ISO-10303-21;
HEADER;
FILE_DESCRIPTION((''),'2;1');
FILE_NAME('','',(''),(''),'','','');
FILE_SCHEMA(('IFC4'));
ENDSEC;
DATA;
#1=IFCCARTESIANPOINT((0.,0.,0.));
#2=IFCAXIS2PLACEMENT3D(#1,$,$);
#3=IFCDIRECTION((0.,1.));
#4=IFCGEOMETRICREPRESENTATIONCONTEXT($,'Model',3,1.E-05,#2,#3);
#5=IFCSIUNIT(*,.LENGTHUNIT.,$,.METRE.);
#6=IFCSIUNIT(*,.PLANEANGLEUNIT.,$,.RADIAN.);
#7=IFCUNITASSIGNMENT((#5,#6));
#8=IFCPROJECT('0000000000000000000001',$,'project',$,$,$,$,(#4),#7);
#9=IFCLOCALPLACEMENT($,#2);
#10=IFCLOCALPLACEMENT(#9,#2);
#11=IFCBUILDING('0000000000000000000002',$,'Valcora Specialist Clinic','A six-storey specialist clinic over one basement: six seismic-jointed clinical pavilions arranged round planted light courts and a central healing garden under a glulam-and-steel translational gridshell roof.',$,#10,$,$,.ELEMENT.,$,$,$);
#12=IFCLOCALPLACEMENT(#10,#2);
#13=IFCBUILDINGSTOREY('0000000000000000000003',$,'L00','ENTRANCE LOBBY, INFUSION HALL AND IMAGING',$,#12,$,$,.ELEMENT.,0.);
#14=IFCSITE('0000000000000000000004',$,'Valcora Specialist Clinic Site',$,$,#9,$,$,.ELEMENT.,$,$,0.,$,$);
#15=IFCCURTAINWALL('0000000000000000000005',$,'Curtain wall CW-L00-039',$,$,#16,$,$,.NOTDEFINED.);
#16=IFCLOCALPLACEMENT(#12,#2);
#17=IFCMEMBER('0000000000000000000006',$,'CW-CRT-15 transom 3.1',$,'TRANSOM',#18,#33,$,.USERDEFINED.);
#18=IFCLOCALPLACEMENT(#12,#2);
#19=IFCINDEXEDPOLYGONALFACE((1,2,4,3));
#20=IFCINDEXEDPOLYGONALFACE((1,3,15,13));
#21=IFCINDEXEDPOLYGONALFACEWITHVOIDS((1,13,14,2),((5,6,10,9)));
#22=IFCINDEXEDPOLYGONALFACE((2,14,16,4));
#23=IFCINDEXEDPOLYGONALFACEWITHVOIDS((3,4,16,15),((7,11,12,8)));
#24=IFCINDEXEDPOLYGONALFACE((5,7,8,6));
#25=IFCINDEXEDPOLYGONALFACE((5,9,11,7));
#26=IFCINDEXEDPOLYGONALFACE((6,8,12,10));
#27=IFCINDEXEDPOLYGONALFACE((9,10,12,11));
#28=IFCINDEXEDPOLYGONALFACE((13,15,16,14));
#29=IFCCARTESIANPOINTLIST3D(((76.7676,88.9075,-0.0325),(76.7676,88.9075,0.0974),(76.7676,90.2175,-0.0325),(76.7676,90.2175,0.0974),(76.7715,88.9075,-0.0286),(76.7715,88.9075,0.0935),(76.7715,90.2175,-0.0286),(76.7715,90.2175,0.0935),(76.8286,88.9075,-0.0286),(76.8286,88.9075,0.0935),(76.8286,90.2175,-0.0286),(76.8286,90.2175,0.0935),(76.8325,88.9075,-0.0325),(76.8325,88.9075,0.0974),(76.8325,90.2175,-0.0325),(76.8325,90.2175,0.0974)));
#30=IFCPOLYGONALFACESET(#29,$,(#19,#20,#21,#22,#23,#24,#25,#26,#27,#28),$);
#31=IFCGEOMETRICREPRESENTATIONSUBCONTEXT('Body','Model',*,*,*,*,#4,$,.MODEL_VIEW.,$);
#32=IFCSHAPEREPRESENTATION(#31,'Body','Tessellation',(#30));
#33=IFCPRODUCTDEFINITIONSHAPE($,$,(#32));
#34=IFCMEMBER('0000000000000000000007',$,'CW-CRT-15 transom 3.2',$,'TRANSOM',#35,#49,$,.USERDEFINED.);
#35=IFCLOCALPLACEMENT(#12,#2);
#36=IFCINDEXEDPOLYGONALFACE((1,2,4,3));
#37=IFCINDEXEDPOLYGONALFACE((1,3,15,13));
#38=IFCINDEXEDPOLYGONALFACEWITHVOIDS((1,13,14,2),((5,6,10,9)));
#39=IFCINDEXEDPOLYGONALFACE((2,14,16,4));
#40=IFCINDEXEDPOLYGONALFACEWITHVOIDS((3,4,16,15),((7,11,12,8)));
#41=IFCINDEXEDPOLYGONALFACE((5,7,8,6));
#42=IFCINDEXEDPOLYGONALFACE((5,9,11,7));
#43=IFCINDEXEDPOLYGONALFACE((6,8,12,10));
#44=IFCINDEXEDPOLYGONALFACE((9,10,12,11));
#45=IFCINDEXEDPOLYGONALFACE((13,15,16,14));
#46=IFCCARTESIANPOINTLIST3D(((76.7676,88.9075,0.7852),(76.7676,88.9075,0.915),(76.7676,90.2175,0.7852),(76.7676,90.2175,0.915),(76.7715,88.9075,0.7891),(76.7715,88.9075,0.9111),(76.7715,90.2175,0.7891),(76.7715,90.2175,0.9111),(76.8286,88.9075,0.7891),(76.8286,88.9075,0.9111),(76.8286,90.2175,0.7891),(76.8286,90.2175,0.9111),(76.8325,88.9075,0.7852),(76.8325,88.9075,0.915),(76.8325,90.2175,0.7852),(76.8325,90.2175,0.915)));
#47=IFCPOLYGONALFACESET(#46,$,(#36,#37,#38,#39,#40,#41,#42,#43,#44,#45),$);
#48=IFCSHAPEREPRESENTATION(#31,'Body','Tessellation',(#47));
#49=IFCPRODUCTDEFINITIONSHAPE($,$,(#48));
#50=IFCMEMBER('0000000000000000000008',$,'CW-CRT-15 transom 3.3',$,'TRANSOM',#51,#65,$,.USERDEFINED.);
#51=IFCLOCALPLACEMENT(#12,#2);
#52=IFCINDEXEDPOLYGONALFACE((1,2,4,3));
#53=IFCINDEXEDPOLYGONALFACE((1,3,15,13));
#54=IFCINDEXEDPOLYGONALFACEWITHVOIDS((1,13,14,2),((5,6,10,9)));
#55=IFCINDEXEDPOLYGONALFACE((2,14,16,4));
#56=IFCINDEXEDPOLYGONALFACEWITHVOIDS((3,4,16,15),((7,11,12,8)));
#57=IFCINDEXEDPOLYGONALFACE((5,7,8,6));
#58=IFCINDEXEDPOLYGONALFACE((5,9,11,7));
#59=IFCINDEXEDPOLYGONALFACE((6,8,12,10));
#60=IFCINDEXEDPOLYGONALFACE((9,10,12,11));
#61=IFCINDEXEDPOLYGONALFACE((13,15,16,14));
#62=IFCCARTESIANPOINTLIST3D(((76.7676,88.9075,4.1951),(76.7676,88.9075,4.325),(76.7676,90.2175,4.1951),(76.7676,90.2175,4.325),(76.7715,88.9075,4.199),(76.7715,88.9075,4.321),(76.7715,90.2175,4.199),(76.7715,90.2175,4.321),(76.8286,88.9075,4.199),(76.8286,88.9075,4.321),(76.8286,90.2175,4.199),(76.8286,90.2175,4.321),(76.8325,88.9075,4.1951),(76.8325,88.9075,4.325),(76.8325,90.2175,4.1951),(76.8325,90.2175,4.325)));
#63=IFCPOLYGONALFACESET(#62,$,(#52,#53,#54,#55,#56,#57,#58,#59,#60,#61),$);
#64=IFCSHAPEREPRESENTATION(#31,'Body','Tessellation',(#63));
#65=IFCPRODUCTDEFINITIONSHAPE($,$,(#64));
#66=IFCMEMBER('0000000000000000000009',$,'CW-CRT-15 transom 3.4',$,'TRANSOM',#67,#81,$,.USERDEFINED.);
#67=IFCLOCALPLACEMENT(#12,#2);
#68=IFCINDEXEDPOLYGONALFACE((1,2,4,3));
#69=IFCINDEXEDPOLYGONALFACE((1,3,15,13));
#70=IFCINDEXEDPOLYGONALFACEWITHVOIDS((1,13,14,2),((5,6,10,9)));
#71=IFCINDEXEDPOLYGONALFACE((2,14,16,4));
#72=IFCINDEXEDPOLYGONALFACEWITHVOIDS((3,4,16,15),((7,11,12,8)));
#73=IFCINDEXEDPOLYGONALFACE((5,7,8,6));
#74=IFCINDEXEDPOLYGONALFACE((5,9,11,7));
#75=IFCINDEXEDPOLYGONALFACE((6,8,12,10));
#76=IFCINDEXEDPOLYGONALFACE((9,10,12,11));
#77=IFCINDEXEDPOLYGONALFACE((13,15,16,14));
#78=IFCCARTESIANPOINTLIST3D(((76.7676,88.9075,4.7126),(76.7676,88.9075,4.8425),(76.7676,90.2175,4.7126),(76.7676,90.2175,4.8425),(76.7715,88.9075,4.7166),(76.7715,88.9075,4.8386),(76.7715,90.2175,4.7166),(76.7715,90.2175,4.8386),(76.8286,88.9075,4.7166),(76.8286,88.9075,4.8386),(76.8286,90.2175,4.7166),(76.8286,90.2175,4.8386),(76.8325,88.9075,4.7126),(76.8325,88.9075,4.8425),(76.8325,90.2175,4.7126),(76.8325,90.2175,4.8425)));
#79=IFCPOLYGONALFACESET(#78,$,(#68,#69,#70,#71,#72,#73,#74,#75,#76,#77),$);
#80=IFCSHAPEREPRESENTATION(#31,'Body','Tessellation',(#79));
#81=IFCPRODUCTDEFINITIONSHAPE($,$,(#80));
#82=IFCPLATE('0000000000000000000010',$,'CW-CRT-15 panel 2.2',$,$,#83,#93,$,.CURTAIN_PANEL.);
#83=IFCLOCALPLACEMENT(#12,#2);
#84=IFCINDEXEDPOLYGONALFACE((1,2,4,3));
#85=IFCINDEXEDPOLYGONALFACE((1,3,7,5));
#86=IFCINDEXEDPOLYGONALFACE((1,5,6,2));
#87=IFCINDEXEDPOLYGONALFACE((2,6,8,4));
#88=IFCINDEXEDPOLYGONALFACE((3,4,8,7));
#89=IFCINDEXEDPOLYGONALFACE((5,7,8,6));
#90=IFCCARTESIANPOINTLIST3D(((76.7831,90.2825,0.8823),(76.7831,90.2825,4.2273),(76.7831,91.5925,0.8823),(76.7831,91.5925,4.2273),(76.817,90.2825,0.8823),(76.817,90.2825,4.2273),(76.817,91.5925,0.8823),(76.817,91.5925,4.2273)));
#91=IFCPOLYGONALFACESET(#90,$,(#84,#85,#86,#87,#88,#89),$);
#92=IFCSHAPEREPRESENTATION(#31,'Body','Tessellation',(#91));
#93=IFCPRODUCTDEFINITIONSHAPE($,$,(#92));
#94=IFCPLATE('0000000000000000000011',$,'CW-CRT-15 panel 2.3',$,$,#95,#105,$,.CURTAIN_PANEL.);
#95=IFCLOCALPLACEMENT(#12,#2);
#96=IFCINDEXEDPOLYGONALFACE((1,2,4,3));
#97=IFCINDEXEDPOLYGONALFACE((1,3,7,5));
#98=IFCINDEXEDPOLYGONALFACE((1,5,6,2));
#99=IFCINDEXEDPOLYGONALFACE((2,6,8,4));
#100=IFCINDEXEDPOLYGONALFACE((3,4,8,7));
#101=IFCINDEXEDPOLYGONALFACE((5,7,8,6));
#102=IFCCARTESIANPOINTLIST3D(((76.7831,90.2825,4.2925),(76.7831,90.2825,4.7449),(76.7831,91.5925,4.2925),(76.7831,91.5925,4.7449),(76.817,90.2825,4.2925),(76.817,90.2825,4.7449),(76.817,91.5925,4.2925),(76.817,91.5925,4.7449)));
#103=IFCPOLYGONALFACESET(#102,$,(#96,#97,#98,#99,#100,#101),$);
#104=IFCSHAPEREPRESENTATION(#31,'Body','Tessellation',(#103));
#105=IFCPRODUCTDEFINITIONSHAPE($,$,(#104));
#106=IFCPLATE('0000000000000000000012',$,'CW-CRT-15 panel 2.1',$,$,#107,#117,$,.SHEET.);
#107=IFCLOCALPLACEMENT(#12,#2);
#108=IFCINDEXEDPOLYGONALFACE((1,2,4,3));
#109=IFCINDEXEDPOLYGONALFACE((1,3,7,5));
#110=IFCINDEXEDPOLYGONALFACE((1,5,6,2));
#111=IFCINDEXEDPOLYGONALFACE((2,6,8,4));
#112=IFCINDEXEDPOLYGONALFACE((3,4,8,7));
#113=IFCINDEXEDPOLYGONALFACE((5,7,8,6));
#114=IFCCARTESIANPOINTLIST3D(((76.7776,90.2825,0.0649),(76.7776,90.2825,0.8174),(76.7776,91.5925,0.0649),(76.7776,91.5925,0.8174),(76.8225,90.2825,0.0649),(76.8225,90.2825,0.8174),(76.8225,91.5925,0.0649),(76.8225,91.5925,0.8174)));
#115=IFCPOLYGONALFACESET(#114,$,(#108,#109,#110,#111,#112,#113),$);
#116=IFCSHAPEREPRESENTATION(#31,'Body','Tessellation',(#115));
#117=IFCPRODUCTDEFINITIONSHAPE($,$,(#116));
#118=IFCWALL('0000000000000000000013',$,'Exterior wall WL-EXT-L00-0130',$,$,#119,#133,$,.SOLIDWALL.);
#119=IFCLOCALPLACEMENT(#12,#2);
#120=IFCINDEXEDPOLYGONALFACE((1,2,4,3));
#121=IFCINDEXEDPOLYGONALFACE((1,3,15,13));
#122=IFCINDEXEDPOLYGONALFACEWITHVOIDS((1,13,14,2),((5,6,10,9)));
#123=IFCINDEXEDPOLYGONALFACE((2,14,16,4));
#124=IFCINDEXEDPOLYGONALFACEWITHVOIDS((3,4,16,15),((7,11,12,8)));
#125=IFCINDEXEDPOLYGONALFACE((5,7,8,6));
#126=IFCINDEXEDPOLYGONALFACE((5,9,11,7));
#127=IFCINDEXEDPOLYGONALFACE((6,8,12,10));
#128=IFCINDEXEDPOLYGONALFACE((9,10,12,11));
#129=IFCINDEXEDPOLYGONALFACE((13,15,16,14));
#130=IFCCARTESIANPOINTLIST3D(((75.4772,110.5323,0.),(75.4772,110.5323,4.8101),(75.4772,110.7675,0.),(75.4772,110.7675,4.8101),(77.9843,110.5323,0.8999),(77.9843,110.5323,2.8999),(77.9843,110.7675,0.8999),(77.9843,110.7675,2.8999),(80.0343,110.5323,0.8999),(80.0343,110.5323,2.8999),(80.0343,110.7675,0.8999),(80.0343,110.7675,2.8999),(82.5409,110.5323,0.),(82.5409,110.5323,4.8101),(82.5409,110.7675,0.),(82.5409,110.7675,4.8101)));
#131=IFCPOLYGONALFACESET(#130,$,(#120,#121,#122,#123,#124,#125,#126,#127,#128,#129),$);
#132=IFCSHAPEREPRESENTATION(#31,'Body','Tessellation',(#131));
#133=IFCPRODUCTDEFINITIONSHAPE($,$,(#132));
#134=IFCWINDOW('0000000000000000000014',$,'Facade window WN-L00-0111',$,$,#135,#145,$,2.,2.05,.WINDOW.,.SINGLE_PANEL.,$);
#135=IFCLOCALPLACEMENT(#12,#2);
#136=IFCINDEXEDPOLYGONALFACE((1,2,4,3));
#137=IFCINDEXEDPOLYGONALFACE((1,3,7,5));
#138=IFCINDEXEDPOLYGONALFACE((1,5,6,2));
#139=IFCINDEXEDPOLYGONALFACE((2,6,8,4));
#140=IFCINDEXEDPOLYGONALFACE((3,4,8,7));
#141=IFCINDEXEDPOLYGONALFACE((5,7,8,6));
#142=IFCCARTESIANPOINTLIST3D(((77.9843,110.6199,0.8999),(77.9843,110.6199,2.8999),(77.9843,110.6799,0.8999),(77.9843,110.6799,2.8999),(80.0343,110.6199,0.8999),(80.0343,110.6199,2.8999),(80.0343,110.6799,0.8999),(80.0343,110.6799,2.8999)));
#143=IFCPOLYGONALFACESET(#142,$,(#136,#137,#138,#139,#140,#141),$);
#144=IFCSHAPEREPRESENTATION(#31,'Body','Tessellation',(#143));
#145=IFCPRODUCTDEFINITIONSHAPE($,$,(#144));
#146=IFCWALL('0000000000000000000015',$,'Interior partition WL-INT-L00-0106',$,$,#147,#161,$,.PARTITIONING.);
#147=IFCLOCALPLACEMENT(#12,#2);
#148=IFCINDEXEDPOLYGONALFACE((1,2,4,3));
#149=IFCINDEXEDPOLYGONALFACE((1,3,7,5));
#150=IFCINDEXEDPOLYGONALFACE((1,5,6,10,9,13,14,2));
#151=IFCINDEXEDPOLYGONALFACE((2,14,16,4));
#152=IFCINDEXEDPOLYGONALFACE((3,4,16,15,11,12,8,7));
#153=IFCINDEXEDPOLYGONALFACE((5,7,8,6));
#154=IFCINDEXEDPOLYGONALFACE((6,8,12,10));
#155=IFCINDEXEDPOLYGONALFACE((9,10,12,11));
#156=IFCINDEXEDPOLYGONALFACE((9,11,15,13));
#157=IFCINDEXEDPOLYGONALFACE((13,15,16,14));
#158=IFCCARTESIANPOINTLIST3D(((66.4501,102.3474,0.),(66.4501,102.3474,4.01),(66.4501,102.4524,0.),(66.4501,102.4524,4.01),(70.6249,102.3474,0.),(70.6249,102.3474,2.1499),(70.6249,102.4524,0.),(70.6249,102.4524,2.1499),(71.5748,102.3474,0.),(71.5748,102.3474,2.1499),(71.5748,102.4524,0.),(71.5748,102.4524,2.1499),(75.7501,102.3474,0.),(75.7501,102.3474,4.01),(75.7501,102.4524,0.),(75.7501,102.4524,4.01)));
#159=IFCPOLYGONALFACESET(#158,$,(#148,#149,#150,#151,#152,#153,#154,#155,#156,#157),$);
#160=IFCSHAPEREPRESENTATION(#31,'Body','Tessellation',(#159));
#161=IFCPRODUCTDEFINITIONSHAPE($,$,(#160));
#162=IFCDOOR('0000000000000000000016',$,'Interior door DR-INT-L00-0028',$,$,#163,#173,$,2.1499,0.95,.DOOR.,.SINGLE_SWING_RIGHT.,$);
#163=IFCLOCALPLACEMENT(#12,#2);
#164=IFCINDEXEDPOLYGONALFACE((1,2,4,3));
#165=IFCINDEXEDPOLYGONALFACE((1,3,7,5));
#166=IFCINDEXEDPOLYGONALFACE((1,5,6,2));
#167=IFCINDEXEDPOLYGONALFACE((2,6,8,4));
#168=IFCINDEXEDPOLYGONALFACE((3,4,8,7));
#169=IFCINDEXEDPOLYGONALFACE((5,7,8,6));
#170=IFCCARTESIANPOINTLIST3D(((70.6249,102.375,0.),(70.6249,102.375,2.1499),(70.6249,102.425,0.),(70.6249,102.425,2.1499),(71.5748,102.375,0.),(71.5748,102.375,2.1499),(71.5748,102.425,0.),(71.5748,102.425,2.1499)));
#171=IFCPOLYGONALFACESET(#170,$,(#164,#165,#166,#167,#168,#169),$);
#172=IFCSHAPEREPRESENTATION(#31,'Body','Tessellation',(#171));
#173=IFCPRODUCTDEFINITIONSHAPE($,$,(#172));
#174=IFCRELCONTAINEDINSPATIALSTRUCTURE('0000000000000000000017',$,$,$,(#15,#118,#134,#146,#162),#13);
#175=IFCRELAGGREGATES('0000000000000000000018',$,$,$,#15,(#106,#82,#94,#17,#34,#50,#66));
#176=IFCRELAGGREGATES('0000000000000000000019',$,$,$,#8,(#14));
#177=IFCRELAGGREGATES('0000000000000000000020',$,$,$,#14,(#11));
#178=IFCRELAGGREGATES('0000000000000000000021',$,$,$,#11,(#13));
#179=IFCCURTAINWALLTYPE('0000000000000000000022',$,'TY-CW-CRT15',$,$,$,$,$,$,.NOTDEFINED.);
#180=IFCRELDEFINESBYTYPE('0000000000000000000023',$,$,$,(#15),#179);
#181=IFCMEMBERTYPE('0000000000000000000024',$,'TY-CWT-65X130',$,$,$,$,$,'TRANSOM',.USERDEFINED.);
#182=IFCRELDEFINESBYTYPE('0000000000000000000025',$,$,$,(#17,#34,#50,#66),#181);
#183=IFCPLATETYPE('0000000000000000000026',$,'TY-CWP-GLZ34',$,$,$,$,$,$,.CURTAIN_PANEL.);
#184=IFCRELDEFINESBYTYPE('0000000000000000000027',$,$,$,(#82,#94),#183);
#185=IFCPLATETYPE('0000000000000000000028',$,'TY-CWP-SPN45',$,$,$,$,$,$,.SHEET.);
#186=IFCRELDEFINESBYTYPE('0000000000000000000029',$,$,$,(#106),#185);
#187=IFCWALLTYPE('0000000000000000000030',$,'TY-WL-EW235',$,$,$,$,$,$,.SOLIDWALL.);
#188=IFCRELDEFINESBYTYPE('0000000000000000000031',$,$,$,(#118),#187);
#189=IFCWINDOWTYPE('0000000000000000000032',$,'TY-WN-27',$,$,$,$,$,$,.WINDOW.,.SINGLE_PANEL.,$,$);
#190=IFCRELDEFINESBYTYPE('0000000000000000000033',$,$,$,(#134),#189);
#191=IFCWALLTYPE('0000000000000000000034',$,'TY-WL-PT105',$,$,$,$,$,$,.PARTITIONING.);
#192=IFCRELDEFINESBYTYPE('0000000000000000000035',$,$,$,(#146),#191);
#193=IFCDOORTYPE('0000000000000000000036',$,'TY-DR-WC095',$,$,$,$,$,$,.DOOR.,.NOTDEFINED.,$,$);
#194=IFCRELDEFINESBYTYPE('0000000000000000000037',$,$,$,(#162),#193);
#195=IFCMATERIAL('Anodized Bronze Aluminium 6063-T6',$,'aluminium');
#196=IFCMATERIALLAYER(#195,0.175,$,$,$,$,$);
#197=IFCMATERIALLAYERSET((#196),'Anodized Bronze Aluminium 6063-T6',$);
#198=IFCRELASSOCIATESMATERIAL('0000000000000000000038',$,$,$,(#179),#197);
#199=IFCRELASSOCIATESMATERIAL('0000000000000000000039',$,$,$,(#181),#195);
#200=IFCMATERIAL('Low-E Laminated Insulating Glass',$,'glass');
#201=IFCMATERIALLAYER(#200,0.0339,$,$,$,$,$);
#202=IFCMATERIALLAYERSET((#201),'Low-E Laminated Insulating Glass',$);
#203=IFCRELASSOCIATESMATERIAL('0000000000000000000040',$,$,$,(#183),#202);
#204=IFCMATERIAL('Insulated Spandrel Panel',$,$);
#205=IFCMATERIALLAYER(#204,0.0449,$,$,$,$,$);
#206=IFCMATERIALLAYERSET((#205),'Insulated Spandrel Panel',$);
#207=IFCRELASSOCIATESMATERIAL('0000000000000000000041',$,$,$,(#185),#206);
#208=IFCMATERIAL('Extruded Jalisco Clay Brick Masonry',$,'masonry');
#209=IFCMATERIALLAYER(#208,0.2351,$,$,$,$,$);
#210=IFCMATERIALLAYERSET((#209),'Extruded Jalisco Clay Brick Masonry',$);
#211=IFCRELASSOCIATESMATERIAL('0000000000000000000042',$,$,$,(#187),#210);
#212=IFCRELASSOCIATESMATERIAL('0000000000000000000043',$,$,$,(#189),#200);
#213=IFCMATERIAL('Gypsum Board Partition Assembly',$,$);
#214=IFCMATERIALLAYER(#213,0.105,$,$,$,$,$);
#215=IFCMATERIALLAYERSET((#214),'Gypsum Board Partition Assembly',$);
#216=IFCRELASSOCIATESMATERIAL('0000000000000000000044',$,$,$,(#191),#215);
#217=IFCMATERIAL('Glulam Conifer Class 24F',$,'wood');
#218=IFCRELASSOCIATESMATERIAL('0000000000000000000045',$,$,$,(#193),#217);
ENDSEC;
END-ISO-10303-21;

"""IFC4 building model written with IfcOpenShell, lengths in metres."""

from ifc_helpers import new_model, si_unit, direction, frame, frame_2d, origin, origin_2d, place, context, subcontext, project, spatial, rectangle, hollow_rectangle, extrude, material, layer, layer_set, material_profile, profile_set, type_object, element, fill, aggregate, save


model = new_model("IFC4")

# Units and contexts
model_context = context("Model", 3, precision=1e-05, world=origin(), true_north=direction((0.0, 1.0)))
body_context = subcontext(model_context, "Body", "Model", "MODEL_VIEW")
ifc_project = project(units=[si_unit("LENGTHUNIT", "METRE"), si_unit("PLANEANGLEUNIT", "RADIAN")], contexts=[model_context])

# Site, building, storey
site_placement = place(None, origin())
site = spatial("IfcSite", under=ifc_project, at=site_placement, Name="Valcora Specialist Clinic Site", CompositionType="ELEMENT", RefElevation=0.0)
building_placement = place(site_placement, origin())
building = spatial("IfcBuilding", under=site, at=building_placement, Name="Valcora Specialist Clinic", Description="A six-storey specialist clinic over one basement: six seismic-jointed clinical pavilions arranged round planted light courts and a central healing garden under a glulam-and-steel translational gridshell roof.", CompositionType="ELEMENT")
storey_placement = place(building_placement, origin())
storey = spatial("IfcBuildingStorey", under=building, at=storey_placement, Name="L00", Description="ENTRANCE LOBBY, INFUSION HALL AND IMAGING", CompositionType="ELEMENT", Elevation=0.0)

# Curtain wall, members, plates
ifc_material_1 = material(Name="Anodized Bronze Aluminium 6063-T6", Category="aluminium")
ifc_layer_1 = layer(ifc_material_1, 0.175)
ifc_layer_set_1 = layer_set([ifc_layer_1], Name="Anodized Bronze Aluminium 6063-T6")
curtain_wall_type = type_object("IfcCurtainWallType", Name="TY-CW-CRT15", PredefinedType="NOTDEFINED", material=ifc_layer_set_1)
curtain_wall_placement = place(storey_placement, origin())
curtain_wall = element("IfcCurtainWall", 1, at=curtain_wall_placement, inside=storey, type_object=curtain_wall_type, Name="Curtain wall CW-L00-039", PredefinedType="NOTDEFINED")
ifc_material_profile_1 = material_profile(ifc_material_1, hollow_rectangle(XDim=0.0649, YDim=0.1299, WallThickness=0.0039, at=origin_2d()), Name="AL-TRN-65X130")
ifc_profile_set_1 = profile_set([ifc_material_profile_1], Name="Anodized Bronze Aluminium 6063-T6")
member_type_1 = type_object("IfcMemberType", Name="TY-CWT-65X130", ElementType="TRANSOM", PredefinedType="USERDEFINED", material=ifc_profile_set_1)
member_1_placement = place(storey_placement, frame((76.8, 90.2175, 0.0325), z_axis=(0.0, -1.0, 0.0), x_axis=(1.0, 0.0, 0.0)))
member_1 = element("IfcMember", 2, at=member_1_placement, type_object=member_type_1, Name="CW-CRT-15 transom 3.1", ObjectType="TRANSOM", PredefinedType="USERDEFINED", context=body_context, shape_type="SweptSolid", body=[
    extrude(hollow_rectangle(XDim=0.0649, YDim=0.1299, WallThickness=0.0039, at=origin_2d()), origin(), (0.0, 0.0, 1.0), 1.3101),
])
member_2_placement = place(storey_placement, frame((76.8, 90.2175, 0.8501), z_axis=(0.0, -1.0, 0.0), x_axis=(1.0, 0.0, 0.0)))
member_2 = element("IfcMember", 3, at=member_2_placement, type_object=member_type_1, Name="CW-CRT-15 transom 3.2", ObjectType="TRANSOM", PredefinedType="USERDEFINED", context=body_context, shape_type="SweptSolid", body=[
    extrude(hollow_rectangle(XDim=0.0649, YDim=0.1299, WallThickness=0.0039, at=origin_2d()), origin(), (0.0, 0.0, 1.0), 1.3101),
])
member_3_placement = place(storey_placement, frame((76.8, 90.2175, 4.26), z_axis=(0.0, -1.0, 0.0), x_axis=(1.0, 0.0, 0.0)))
member_3 = element("IfcMember", 4, at=member_3_placement, type_object=member_type_1, Name="CW-CRT-15 transom 3.3", ObjectType="TRANSOM", PredefinedType="USERDEFINED", context=body_context, shape_type="SweptSolid", body=[
    extrude(hollow_rectangle(XDim=0.0649, YDim=0.1299, WallThickness=0.0039, at=origin_2d()), origin(), (0.0, 0.0, 1.0), 1.3101),
])
member_4_placement = place(storey_placement, frame((76.8, 90.2175, 4.7776), z_axis=(0.0, -1.0, 0.0), x_axis=(1.0, 0.0, 0.0)))
member_4 = element("IfcMember", 5, at=member_4_placement, type_object=member_type_1, Name="CW-CRT-15 transom 3.4", ObjectType="TRANSOM", PredefinedType="USERDEFINED", context=body_context, shape_type="SweptSolid", body=[
    extrude(hollow_rectangle(XDim=0.0649, YDim=0.1299, WallThickness=0.0039, at=origin_2d()), origin(), (0.0, 0.0, 1.0), 1.3101),
])
ifc_material_2 = material(Name="Low-E Laminated Insulating Glass", Category="glass")
ifc_layer_2 = layer(ifc_material_2, 0.0339)
ifc_layer_set_2 = layer_set([ifc_layer_2], Name="Low-E Laminated Insulating Glass")
plate_type_1 = type_object("IfcPlateType", Name="TY-CWP-GLZ34", PredefinedType="CURTAIN_PANEL", material=ifc_layer_set_2)
plate_1_placement = place(storey_placement, frame((76.8, 90.9375, 0.8823), z_axis=(0.0, 0.0, 1.0), x_axis=(0.0, -1.0, 0.0)))
plate_1 = element("IfcPlate", 6, at=plate_1_placement, type_object=plate_type_1, Name="CW-CRT-15 panel 2.2", PredefinedType="CURTAIN_PANEL", context=body_context, shape_type="SweptSolid", body=[
    extrude(rectangle(XDim=1.3101, YDim=0.0339, at=origin_2d()), origin(), (0.0, 0.0, 1.0), 3.345),
])
plate_2_placement = place(storey_placement, frame((76.8, 90.9375, 4.2925), z_axis=(0.0, 0.0, 1.0), x_axis=(0.0, -1.0, 0.0)))
plate_2 = element("IfcPlate", 7, at=plate_2_placement, type_object=plate_type_1, Name="CW-CRT-15 panel 2.3", PredefinedType="CURTAIN_PANEL", context=body_context, shape_type="SweptSolid", body=[
    extrude(rectangle(XDim=1.3101, YDim=0.0339, at=origin_2d()), origin(), (0.0, 0.0, 1.0), 0.4524),
])
ifc_material_3 = material(Name="Insulated Spandrel Panel")
ifc_layer_3 = layer(ifc_material_3, 0.0449)
ifc_layer_set_3 = layer_set([ifc_layer_3], Name="Insulated Spandrel Panel")
plate_type_2 = type_object("IfcPlateType", Name="TY-CWP-SPN45", PredefinedType="SHEET", material=ifc_layer_set_3)
plate_3_placement = place(storey_placement, frame((76.8, 90.9375, 0.0649), z_axis=(0.0, 0.0, 1.0), x_axis=(0.0, -1.0, 0.0)))
plate_3 = element("IfcPlate", 8, at=plate_3_placement, type_object=plate_type_2, Name="CW-CRT-15 panel 2.1", PredefinedType="SHEET", context=body_context, shape_type="SweptSolid", body=[
    extrude(rectangle(XDim=1.3101, YDim=0.0449, at=origin_2d()), origin(), (0.0, 0.0, 1.0), 0.7524),
])
aggregate(curtain_wall, [plate_3, plate_1, plate_2, member_1, member_2, member_3, member_4])

# Wall, opening, window
ifc_material_4 = material(Name="Extruded Jalisco Clay Brick Masonry", Category="masonry")
ifc_layer_4 = layer(ifc_material_4, 0.2351)
ifc_layer_set_4 = layer_set([ifc_layer_4], Name="Extruded Jalisco Clay Brick Masonry")
wall_type_1 = type_object("IfcWallType", Name="TY-WL-EW235", PredefinedType="SOLIDWALL", material=ifc_layer_set_4)
wall_1_placement = place(storey_placement, frame((75.4773, 110.6499, 0.0), z_axis=(0.0, 0.0, 1.0), x_axis=(1.0, 0.0, 0.0)))
wall_1 = element("IfcWall", 9, at=wall_1_placement, inside=storey, type_object=wall_type_1, Name="Exterior wall WL-EXT-L00-0130", PredefinedType="SOLIDWALL", context=body_context, shape_type="SweptSolid", body=[
    extrude(rectangle(XDim=7.0637, YDim=0.2351, at=frame_2d((3.5317, 0.0))), origin(), (0.0, 0.0, 1.0), 4.8101),
])
opening_1_placement = place(wall_1_placement, frame((2.5071, 0.0, 0.8999)))
opening_1 = element("IfcOpeningElement", 10, at=opening_1_placement, cuts=wall_1, PredefinedType="OPENING", context=body_context, shape_type="SweptSolid", body=[
    extrude(rectangle(XDim=2.05, YDim=2.0, at=frame_2d((1.0249, 1.0))), frame((0.0, 0.1274, 0.0), z_axis=(0.0, -1.0, 0.0), x_axis=(1.0, 0.0, 0.0)), (0.0, 0.0, 1.0), 0.2551),
])
window_type = type_object("IfcWindowType", Name="TY-WN-27", PartitioningType="SINGLE_PANEL", PredefinedType="WINDOW", material=ifc_material_2)
window_placement = place(opening_1_placement, origin())
window = element("IfcWindow", 11, at=window_placement, inside=storey, type_object=window_type, Name="Facade window WN-L00-0111", OverallHeight=2.0, OverallWidth=2.05, PartitioningType="SINGLE_PANEL", PredefinedType="WINDOW", context=body_context, shape_type="SweptSolid", body=[
    extrude(rectangle(XDim=2.05, YDim=2.0, at=frame_2d((1.0249, 1.0))), frame((0.0, 0.03, 0.0), z_axis=(0.0, -1.0, 0.0), x_axis=(1.0, 0.0, 0.0)), (0.0, 0.0, 1.0), 0.0601),
])
fill(opening_1, window)

# Wall, opening, door
ifc_material_5 = material(Name="Gypsum Board Partition Assembly")
ifc_layer_5 = layer(ifc_material_5, 0.105)
ifc_layer_set_5 = layer_set([ifc_layer_5], Name="Gypsum Board Partition Assembly")
wall_type_2 = type_object("IfcWallType", Name="TY-WL-PT105", PredefinedType="PARTITIONING", material=ifc_layer_set_5)
wall_2_placement = place(storey_placement, frame((75.75, 102.3999, 0.0), z_axis=(0.0, 0.0, 1.0), x_axis=(-1.0, 0.0, 0.0)))
wall_2 = element("IfcWall", 12, at=wall_2_placement, inside=storey, type_object=wall_type_2, Name="Interior partition WL-INT-L00-0106", PredefinedType="PARTITIONING", context=body_context, shape_type="SweptSolid", body=[
    extrude(rectangle(XDim=9.3, YDim=0.105, at=frame_2d((4.6499, 0.0))), origin(), (0.0, 0.0, 1.0), 4.01),
])
opening_2_placement = place(wall_2_placement, frame((4.175, 0.0, 0.0)))
opening_2 = element("IfcOpeningElement", 13, at=opening_2_placement, cuts=wall_2, PredefinedType="OPENING", context=body_context, shape_type="SweptSolid", body=[
    extrude(rectangle(XDim=0.95, YDim=2.1499, at=frame_2d((0.4751, 1.075))), frame((0.0, 0.0625, 0.0), z_axis=(0.0, -1.0, 0.0), x_axis=(1.0, 0.0, 0.0)), (0.0, 0.0, 1.0), 0.125),
])
ifc_material_6 = material(Name="Glulam Conifer Class 24F", Category="wood")
door_type = type_object("IfcDoorType", Name="TY-DR-WC095", OperationType="NOTDEFINED", PredefinedType="DOOR", material=ifc_material_6)
door_placement = place(opening_2_placement, origin())
door = element("IfcDoor", 14, at=door_placement, inside=storey, type_object=door_type, Name="Interior door DR-INT-L00-0028", OperationType="SINGLE_SWING_RIGHT", OverallHeight=2.1499, OverallWidth=0.95, PredefinedType="DOOR", context=body_context, shape_type="SweptSolid", body=[
    extrude(rectangle(XDim=0.95, YDim=2.1499, at=frame_2d((0.4751, 1.075))), frame((0.0, 0.0249, 0.0), z_axis=(0.0, -1.0, 0.0), x_axis=(1.0, 0.0, 0.0)), (0.0, 0.0, 1.0), 0.05),
])
fill(opening_2, door)

save(model, "model.ifc")
